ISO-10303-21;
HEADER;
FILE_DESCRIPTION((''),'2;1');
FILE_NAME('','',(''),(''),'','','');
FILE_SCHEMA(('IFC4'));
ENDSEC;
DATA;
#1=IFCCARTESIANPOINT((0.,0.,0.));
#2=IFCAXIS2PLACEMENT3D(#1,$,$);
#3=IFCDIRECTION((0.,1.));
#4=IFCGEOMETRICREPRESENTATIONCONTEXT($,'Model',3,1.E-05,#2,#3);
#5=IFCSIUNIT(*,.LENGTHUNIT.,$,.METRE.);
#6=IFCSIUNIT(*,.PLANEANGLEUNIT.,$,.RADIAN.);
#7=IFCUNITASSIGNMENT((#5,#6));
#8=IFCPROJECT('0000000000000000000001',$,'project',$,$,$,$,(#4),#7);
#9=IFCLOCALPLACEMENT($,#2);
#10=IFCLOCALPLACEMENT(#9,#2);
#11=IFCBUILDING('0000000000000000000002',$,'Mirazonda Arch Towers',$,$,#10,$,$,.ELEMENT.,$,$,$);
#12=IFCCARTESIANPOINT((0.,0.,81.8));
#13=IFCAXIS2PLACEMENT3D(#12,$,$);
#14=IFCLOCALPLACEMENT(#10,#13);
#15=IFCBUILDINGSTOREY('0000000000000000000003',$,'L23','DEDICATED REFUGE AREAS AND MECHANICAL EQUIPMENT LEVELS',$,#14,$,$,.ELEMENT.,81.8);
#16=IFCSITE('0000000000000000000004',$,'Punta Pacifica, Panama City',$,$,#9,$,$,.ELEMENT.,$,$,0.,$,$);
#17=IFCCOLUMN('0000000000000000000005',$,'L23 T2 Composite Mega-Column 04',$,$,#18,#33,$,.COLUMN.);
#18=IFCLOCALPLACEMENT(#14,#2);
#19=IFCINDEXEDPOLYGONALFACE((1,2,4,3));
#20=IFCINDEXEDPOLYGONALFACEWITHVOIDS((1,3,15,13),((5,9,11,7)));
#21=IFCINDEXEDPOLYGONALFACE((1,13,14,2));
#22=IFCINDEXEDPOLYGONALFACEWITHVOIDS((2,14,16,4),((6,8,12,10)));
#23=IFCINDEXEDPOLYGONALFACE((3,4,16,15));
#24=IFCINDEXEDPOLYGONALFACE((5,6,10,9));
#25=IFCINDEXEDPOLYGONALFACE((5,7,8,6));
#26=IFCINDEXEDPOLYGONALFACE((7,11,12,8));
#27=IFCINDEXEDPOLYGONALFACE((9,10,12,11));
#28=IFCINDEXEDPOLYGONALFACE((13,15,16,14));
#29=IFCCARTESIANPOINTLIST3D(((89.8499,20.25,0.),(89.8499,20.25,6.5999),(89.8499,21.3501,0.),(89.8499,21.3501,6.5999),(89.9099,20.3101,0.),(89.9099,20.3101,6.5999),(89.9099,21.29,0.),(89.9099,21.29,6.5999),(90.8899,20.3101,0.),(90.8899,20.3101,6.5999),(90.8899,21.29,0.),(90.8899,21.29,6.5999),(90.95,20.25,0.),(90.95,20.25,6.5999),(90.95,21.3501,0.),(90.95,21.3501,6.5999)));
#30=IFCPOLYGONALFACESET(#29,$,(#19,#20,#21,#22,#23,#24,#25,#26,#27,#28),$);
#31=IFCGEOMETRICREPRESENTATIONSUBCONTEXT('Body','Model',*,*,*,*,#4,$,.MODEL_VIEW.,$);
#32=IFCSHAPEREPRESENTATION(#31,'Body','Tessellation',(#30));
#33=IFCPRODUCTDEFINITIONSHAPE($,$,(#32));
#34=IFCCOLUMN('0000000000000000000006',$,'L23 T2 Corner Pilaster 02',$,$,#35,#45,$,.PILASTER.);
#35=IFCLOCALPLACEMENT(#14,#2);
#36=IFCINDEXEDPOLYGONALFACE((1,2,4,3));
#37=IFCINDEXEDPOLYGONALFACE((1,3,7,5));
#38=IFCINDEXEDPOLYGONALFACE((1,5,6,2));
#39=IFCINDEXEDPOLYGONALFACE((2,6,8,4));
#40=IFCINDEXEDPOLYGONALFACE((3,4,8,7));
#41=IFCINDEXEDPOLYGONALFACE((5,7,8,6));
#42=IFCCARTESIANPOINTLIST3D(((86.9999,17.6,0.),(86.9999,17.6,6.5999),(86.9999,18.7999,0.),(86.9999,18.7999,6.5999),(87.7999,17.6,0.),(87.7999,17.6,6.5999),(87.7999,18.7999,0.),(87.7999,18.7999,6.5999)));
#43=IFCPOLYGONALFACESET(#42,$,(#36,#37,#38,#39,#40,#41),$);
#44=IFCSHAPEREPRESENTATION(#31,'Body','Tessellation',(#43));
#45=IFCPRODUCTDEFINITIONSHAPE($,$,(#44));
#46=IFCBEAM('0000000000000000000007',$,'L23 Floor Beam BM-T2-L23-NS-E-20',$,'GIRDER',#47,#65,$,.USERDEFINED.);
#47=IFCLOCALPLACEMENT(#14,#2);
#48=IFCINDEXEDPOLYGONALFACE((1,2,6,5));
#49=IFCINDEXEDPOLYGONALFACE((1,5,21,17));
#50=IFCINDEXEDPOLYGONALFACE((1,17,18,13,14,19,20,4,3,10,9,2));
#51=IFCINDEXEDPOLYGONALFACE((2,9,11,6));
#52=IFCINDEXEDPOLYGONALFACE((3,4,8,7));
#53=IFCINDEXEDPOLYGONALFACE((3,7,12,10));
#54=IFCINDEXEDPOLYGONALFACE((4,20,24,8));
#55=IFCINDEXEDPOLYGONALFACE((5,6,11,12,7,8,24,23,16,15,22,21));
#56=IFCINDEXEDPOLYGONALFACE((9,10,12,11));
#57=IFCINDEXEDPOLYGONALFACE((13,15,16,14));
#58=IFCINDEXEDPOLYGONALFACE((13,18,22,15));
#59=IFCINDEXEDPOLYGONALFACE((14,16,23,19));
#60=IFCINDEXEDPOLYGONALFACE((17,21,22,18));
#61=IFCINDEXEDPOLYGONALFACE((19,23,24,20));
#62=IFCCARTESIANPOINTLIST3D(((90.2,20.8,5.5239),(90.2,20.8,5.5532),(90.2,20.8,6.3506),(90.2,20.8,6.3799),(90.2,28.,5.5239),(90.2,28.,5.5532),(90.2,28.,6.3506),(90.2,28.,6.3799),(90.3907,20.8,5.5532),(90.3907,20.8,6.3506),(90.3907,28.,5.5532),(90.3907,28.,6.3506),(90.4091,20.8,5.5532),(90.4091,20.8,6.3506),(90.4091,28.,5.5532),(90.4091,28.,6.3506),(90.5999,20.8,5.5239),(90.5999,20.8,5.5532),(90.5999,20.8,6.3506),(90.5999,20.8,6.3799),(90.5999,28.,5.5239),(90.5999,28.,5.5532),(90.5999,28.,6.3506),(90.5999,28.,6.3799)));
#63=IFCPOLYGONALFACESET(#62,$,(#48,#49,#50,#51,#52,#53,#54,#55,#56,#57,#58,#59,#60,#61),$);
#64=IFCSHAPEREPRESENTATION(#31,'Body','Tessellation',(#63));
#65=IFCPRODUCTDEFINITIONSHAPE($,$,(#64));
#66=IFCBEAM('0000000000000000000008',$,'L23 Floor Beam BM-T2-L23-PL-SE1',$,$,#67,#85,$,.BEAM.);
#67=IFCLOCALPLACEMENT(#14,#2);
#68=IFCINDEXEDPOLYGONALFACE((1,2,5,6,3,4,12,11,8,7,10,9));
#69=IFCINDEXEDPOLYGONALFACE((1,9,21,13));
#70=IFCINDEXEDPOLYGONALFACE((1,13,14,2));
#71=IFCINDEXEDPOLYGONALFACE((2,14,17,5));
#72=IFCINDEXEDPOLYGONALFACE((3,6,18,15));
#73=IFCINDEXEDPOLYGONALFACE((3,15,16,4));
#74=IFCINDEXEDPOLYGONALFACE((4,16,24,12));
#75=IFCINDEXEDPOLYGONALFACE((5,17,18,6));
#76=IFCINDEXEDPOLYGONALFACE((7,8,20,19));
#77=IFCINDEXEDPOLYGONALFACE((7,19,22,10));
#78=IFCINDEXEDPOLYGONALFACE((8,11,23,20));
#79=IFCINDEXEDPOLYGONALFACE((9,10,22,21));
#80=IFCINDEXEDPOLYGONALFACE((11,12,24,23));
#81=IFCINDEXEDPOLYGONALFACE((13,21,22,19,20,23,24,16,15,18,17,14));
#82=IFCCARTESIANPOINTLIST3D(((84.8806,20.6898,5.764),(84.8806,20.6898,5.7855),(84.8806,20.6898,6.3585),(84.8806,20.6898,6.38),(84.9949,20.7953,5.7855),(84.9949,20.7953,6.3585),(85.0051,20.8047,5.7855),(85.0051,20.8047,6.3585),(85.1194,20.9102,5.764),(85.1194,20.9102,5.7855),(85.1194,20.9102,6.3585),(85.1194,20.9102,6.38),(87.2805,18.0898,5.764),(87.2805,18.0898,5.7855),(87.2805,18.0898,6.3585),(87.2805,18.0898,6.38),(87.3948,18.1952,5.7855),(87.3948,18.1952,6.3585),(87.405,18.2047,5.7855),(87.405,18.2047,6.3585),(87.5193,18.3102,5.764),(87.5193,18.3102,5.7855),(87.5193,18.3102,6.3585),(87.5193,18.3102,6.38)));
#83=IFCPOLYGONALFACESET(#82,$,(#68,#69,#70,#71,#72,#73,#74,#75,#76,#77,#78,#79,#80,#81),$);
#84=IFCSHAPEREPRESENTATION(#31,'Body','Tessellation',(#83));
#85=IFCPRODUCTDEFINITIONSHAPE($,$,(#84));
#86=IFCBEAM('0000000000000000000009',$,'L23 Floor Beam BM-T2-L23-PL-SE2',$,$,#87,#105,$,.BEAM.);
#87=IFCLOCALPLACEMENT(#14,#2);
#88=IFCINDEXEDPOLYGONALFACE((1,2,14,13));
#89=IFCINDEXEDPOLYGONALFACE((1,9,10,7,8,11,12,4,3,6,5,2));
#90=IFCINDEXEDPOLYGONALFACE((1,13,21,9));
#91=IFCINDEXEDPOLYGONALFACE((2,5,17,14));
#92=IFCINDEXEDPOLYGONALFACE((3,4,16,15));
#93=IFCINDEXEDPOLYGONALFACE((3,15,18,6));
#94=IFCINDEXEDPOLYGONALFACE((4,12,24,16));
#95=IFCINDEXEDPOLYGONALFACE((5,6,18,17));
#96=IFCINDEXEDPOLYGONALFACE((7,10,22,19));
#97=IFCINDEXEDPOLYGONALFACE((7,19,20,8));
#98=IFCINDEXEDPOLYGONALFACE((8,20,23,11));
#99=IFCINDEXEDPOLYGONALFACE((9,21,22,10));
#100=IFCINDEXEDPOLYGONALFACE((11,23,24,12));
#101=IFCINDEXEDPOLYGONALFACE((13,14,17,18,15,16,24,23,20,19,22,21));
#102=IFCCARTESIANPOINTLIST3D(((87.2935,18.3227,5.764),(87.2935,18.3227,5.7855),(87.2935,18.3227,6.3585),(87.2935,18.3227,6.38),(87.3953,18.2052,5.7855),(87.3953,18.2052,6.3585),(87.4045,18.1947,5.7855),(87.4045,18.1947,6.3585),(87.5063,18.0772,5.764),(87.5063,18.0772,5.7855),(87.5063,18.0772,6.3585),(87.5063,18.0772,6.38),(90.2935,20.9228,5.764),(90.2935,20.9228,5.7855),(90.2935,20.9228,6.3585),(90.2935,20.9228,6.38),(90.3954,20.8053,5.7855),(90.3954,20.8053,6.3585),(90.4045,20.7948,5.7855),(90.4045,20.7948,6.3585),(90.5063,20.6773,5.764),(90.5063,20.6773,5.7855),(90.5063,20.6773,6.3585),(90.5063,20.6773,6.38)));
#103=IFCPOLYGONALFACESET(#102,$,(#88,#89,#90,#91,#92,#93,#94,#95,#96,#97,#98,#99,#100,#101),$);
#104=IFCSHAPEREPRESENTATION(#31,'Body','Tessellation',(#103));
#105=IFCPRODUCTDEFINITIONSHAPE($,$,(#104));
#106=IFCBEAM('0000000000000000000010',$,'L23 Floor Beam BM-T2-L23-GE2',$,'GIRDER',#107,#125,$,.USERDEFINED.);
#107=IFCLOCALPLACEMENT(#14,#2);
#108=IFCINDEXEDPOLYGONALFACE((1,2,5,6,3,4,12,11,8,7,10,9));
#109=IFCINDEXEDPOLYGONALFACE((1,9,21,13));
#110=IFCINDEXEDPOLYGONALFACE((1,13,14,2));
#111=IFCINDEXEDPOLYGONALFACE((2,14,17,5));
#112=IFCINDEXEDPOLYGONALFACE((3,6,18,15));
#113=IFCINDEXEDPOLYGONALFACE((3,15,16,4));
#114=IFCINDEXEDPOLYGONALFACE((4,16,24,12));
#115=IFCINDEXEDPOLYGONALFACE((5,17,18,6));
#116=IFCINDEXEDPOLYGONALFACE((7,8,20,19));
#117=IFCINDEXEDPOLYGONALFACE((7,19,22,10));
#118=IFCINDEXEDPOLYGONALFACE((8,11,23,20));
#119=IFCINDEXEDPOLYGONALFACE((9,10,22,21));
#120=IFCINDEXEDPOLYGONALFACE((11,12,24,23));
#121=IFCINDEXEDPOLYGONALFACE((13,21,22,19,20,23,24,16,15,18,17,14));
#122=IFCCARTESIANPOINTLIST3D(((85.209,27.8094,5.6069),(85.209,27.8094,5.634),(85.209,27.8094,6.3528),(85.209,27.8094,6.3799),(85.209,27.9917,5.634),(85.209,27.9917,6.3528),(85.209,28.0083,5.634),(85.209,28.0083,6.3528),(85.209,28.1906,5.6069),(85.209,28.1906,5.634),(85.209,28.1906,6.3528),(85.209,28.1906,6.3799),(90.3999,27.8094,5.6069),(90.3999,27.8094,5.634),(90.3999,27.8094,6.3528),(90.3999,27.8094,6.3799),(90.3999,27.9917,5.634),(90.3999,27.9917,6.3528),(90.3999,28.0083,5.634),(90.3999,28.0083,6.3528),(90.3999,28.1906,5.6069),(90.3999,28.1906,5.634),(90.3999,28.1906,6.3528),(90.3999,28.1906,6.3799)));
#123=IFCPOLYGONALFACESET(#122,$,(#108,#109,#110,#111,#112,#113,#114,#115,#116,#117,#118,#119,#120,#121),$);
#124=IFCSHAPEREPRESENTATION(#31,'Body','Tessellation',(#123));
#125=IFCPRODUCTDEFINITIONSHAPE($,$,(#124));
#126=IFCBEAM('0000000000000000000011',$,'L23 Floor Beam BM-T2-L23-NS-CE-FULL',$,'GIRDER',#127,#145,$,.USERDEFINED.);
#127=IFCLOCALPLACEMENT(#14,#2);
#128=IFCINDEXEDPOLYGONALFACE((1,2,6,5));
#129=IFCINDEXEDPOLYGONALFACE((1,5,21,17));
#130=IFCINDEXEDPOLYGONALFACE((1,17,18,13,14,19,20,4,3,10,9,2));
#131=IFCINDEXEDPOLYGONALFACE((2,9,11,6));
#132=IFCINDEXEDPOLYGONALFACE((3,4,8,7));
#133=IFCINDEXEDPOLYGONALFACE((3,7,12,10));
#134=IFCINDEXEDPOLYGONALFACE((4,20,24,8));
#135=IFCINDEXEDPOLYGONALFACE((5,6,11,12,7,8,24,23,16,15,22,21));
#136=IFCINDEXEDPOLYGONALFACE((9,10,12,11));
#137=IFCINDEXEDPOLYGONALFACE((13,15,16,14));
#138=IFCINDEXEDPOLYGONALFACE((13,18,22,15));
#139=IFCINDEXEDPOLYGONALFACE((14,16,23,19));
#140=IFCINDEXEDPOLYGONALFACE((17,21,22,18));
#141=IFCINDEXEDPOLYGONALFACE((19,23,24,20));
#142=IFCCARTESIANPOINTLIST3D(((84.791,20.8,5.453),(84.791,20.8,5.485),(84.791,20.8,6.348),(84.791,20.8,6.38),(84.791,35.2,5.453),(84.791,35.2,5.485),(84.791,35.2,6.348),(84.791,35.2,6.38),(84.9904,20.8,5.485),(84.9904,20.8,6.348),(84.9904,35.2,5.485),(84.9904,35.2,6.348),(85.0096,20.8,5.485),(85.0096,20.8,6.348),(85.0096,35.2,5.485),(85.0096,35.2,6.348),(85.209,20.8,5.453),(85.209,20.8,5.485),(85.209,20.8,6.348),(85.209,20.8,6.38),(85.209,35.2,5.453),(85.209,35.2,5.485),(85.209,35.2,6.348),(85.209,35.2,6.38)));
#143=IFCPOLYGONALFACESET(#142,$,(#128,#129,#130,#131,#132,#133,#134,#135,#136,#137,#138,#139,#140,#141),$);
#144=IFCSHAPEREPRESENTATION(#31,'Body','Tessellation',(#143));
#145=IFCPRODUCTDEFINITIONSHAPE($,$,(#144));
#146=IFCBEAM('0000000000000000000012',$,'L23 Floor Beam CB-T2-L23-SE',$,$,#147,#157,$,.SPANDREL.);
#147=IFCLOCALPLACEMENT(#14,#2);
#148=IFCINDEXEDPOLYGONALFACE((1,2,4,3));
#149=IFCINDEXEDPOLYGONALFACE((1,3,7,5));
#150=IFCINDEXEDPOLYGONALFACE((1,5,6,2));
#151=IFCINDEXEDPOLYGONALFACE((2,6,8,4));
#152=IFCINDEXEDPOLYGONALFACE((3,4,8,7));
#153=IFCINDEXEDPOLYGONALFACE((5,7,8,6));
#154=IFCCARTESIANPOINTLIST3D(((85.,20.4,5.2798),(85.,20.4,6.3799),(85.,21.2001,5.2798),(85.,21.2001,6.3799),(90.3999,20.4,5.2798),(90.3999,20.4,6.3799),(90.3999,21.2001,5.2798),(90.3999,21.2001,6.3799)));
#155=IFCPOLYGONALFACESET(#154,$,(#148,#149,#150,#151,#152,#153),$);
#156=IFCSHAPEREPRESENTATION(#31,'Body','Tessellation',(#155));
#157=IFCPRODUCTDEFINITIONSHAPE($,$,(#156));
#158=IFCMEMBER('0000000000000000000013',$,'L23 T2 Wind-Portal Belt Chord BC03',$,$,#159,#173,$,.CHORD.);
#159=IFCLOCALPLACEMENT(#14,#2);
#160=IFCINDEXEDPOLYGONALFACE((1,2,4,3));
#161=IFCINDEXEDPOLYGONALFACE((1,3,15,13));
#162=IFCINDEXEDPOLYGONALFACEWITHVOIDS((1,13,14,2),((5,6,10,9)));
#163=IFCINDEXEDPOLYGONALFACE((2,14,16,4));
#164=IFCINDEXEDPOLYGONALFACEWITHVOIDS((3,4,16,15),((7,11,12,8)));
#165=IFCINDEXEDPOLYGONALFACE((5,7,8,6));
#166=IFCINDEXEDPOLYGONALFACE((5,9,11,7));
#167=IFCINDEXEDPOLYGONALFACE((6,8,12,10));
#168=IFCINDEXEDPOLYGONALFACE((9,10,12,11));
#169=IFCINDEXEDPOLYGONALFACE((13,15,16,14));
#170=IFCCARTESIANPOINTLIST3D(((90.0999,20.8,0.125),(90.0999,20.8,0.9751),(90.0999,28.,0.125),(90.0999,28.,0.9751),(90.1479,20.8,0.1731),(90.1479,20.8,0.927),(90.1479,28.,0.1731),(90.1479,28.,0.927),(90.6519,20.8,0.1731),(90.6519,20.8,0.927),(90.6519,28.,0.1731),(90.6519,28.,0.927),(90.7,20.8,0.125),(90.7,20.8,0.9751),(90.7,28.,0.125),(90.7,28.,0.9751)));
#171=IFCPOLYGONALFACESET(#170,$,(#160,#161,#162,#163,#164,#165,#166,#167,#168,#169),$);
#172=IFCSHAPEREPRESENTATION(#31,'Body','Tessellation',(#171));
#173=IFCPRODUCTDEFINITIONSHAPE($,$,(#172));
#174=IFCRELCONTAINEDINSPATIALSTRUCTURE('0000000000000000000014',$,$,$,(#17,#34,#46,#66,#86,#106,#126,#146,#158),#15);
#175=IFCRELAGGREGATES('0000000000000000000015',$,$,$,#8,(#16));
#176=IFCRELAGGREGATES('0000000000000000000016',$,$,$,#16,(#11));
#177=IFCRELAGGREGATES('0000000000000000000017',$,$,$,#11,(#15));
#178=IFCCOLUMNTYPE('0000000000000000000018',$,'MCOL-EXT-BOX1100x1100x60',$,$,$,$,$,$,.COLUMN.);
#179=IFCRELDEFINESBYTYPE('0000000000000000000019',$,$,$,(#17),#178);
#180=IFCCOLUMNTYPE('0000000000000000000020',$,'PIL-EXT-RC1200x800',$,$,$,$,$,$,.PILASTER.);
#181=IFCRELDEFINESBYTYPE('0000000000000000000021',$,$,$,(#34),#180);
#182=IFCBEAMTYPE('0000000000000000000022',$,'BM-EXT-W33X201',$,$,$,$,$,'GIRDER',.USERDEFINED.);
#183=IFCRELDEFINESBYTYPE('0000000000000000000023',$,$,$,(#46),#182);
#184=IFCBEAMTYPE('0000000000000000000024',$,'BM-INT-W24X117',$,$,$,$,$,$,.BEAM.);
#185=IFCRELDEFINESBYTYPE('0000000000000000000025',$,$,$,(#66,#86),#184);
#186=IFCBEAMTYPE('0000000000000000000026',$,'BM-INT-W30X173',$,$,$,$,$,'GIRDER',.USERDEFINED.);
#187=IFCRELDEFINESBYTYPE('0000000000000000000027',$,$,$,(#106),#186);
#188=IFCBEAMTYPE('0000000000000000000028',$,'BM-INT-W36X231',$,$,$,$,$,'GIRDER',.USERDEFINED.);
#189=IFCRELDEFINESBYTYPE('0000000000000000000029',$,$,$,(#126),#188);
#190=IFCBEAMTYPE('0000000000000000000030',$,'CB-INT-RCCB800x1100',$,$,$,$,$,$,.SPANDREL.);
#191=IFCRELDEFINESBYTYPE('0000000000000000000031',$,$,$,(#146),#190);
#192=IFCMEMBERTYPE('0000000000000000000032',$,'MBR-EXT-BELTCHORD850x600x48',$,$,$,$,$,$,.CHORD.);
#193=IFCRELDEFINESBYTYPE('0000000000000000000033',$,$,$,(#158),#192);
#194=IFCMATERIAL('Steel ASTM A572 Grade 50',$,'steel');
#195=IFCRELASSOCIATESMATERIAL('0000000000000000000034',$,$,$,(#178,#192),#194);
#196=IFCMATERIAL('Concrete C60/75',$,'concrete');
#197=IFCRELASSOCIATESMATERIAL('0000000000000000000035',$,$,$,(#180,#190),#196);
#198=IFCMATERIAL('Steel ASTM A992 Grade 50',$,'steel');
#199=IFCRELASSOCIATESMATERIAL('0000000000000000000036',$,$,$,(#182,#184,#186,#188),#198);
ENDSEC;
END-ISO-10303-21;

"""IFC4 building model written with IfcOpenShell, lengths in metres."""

from ifc_helpers import new_model, si_unit, direction, frame, origin, origin_2d, place, context, subcontext, project, spatial, rectangle, hollow_rectangle, i_section, extrude, material, material_profile, profile_set, type_object, element, save


model = new_model("IFC4")

# Units and contexts
model_context = context("Model", 3, precision=1e-05, world=origin(), true_north=direction((0.0, 1.0)))
body_context = subcontext(model_context, "Body", "Model", "MODEL_VIEW")
ifc_project = project(units=[si_unit("LENGTHUNIT", "METRE"), si_unit("PLANEANGLEUNIT", "RADIAN")], contexts=[model_context])

# Site, building, storey
site_placement = place(None, origin())
site = spatial("IfcSite", under=ifc_project, at=site_placement, Name="Punta Pacifica, Panama City", CompositionType="ELEMENT", RefElevation=0.0)
building_placement = place(site_placement, origin())
building = spatial("IfcBuilding", under=site, at=building_placement, Name="Mirazonda Arch Towers", CompositionType="ELEMENT")
storey_placement = place(building_placement, frame((0.0, 0.0, 81.8)))
storey = spatial("IfcBuildingStorey", under=building, at=storey_placement, Name="L23", Description="DEDICATED REFUGE AREAS AND MECHANICAL EQUIPMENT LEVELS", CompositionType="ELEMENT", Elevation=81.8)

# Columns
ifc_material_1 = material(Name="Steel ASTM A572 Grade 50", Category="steel")
ifc_material_profile_1 = material_profile(ifc_material_1, hollow_rectangle(XDim=1.1001, YDim=1.1001, WallThickness=0.0601, at=origin_2d()), Name="BOX1100x1100x60")
ifc_profile_set_1 = profile_set([ifc_material_profile_1], Name="Steel ASTM A572 Grade 50")
column_type_1 = type_object("IfcColumnType", Name="MCOL-EXT-BOX1100x1100x60", PredefinedType="COLUMN", material=ifc_profile_set_1)
column_1_placement = place(storey_placement, frame((90.3999, 20.8, 0.0), z_axis=(0.0, 0.0, 1.0), x_axis=(1.0, 0.0, 0.0)))
element("IfcColumn", 1, at=column_1_placement, inside=storey, type_object=column_type_1, Name="L23 T2 Composite Mega-Column 04", PredefinedType="COLUMN", context=body_context, shape_type="SweptSolid", body=[
    extrude(hollow_rectangle(XDim=1.1001, YDim=1.1001, WallThickness=0.0601, at=origin_2d()), origin(), (0.0, 0.0, 1.0), 6.5999),
])
ifc_material_2 = material(Name="Concrete C60/75", Category="concrete")
ifc_material_profile_2 = material_profile(ifc_material_2, rectangle(XDim=0.8, YDim=1.2, at=origin_2d()), Name="RC1200x800")
ifc_profile_set_2 = profile_set([ifc_material_profile_2], Name="Concrete C60/75")
column_type_2 = type_object("IfcColumnType", Name="PIL-EXT-RC1200x800", PredefinedType="PILASTER", material=ifc_profile_set_2)
column_2_placement = place(storey_placement, frame((87.3999, 18.2, 0.0), z_axis=(0.0, 0.0, 1.0), x_axis=(1.0, 0.0, 0.0)))
element("IfcColumn", 2, at=column_2_placement, inside=storey, type_object=column_type_2, Name="L23 T2 Corner Pilaster 02", PredefinedType="PILASTER", context=body_context, shape_type="SweptSolid", body=[
    extrude(rectangle(XDim=0.8, YDim=1.2, at=origin_2d()), origin(), (0.0, 0.0, 1.0), 6.5999),
])

# Beams
ifc_material_3 = material(Name="Steel ASTM A992 Grade 50", Category="steel")
ifc_material_profile_3 = material_profile(ifc_material_3, i_section(OverallWidth=0.3999, OverallDepth=0.856, WebThickness=0.0183, FlangeThickness=0.0293, at=origin_2d()), Name="W33X201")
ifc_profile_set_3 = profile_set([ifc_material_profile_3], Name="Steel ASTM A992 Grade 50")
beam_type_1 = type_object("IfcBeamType", Name="BM-EXT-W33X201", ElementType="GIRDER", PredefinedType="USERDEFINED", material=ifc_profile_set_3)
beam_1_placement = place(storey_placement, frame((90.3999, 20.8, 5.9519), z_axis=(0.0, 1.0, 0.0), x_axis=(-1.0, 0.0, 0.0)))
element("IfcBeam", 3, at=beam_1_placement, inside=storey, type_object=beam_type_1, Name="L23 Floor Beam BM-T2-L23-NS-E-20", ObjectType="GIRDER", PredefinedType="USERDEFINED", context=body_context, shape_type="SweptSolid", body=[
    extrude(i_section(OverallWidth=0.3999, OverallDepth=0.856, WebThickness=0.0183, FlangeThickness=0.0293, at=origin_2d()), origin(), (0.0, 0.0, 1.0), 7.2),
])
ifc_material_profile_4 = material_profile(ifc_material_3, i_section(OverallWidth=0.325, OverallDepth=0.616, WebThickness=0.0139, FlangeThickness=0.0215, at=origin_2d()), Name="W24X117")
ifc_profile_set_4 = profile_set([ifc_material_profile_4], Name="Steel ASTM A992 Grade 50")
beam_type_2 = type_object("IfcBeamType", Name="BM-INT-W24X117", PredefinedType="BEAM", material=ifc_profile_set_4)
beam_2_placement = place(storey_placement, frame((87.3999, 18.2, 6.072), z_axis=(-0.678251, 0.73483, 0.0), x_axis=(-0.73483, -0.678251, 0.0)))
element("IfcBeam", 4, at=beam_2_placement, inside=storey, type_object=beam_type_2, Name="L23 Floor Beam BM-T2-L23-PL-SE1", PredefinedType="BEAM", context=body_context, shape_type="SweptSolid", body=[
    extrude(i_section(OverallWidth=0.325, OverallDepth=0.616, WebThickness=0.0139, FlangeThickness=0.0215, at=origin_2d()), origin(), (0.0, 0.0, 1.0), 3.5383),
])
beam_3_placement = place(storey_placement, frame((87.3999, 18.2, 6.072), z_axis=(0.755677, 0.654945, 0.0), x_axis=(-0.654945, 0.755677, 0.0)))
element("IfcBeam", 5, at=beam_3_placement, inside=storey, type_object=beam_type_2, Name="L23 Floor Beam BM-T2-L23-PL-SE2", PredefinedType="BEAM", context=body_context, shape_type="SweptSolid", body=[
    extrude(i_section(OverallWidth=0.325, OverallDepth=0.616, WebThickness=0.0139, FlangeThickness=0.0215, at=origin_2d()), origin(), (0.0, 0.0, 1.0), 3.97),
])
ifc_material_profile_5 = material_profile(ifc_material_3, i_section(OverallWidth=0.3811, OverallDepth=0.7729, WebThickness=0.0166, FlangeThickness=0.0271, at=origin_2d()), Name="W30X173")
ifc_profile_set_5 = profile_set([ifc_material_profile_5], Name="Steel ASTM A992 Grade 50")
beam_type_3 = type_object("IfcBeamType", Name="BM-INT-W30X173", ElementType="GIRDER", PredefinedType="USERDEFINED", material=ifc_profile_set_5)
beam_4_placement = place(storey_placement, frame((85.209, 28.0, 5.9934), z_axis=(1.0, 0.0, 0.0), x_axis=(0.0, 1.0, 0.0)))
element("IfcBeam", 6, at=beam_4_placement, inside=storey, type_object=beam_type_3, Name="L23 Floor Beam BM-T2-L23-GE2", ObjectType="GIRDER", PredefinedType="USERDEFINED", context=body_context, shape_type="SweptSolid", body=[
    extrude(i_section(OverallWidth=0.3811, OverallDepth=0.7729, WebThickness=0.0166, FlangeThickness=0.0271, at=origin_2d()), origin(), (0.0, 0.0, 1.0), 5.1909),
])
ifc_material_profile_6 = material_profile(ifc_material_3, i_section(OverallWidth=0.418, OverallDepth=0.927, WebThickness=0.0193, FlangeThickness=0.032, at=origin_2d()), Name="W36X231")
ifc_profile_set_6 = profile_set([ifc_material_profile_6], Name="Steel ASTM A992 Grade 50")
beam_type_4 = type_object("IfcBeamType", Name="BM-INT-W36X231", ElementType="GIRDER", PredefinedType="USERDEFINED", material=ifc_profile_set_6)
beam_5_placement = place(storey_placement, frame((85.0, 20.8, 5.9165), z_axis=(0.0, 1.0, 0.0), x_axis=(-1.0, 0.0, 0.0)))
element("IfcBeam", 7, at=beam_5_placement, inside=storey, type_object=beam_type_4, Name="L23 Floor Beam BM-T2-L23-NS-CE-FULL", ObjectType="GIRDER", PredefinedType="USERDEFINED", context=body_context, shape_type="SweptSolid", body=[
    extrude(i_section(OverallWidth=0.418, OverallDepth=0.927, WebThickness=0.0193, FlangeThickness=0.032, at=origin_2d()), origin(), (0.0, 0.0, 1.0), 14.3999),
])
ifc_material_profile_7 = material_profile(ifc_material_2, rectangle(XDim=0.8, YDim=1.1001, at=origin_2d()), Name="RCCB800x1100")
ifc_profile_set_7 = profile_set([ifc_material_profile_7], Name="Concrete C60/75")
beam_type_5 = type_object("IfcBeamType", Name="CB-INT-RCCB800x1100", PredefinedType="SPANDREL", material=ifc_profile_set_7)
beam_6_placement = place(storey_placement, frame((85.0, 20.8, 5.8298), z_axis=(1.0, 0.0, 0.0), x_axis=(0.0, 1.0, 0.0)))
element("IfcBeam", 8, at=beam_6_placement, inside=storey, type_object=beam_type_5, Name="L23 Floor Beam CB-T2-L23-SE", PredefinedType="SPANDREL", context=body_context, shape_type="SweptSolid", body=[
    extrude(rectangle(XDim=0.8, YDim=1.1001, at=origin_2d()), origin(), (0.0, 0.0, 1.0), 5.3999),
])

# Member
ifc_material_profile_8 = material_profile(ifc_material_1, hollow_rectangle(XDim=0.6001, YDim=0.8501, WallThickness=0.0481, at=origin_2d()), Name="BELTCHORD850x600x48")
ifc_profile_set_8 = profile_set([ifc_material_profile_8], Name="Steel ASTM A572 Grade 50")
member_type_1 = type_object("IfcMemberType", Name="MBR-EXT-BELTCHORD850x600x48", PredefinedType="CHORD", material=ifc_profile_set_8)
for number, where, z_axis, x_axis, name in (
    (9, (90.3999, 20.8, 0.55), (0.0, 1.0, 0.0), (-1.0, 0.0, 0.0), "L23 T2 Wind-Portal Belt Chord BC03"),
):
    element("IfcMember", number, at=place(storey_placement, frame(where, z_axis=z_axis, x_axis=x_axis)), inside=storey, type_object=member_type_1, Name=name, PredefinedType="CHORD", context=body_context, shape_type="SweptSolid", body=[
        extrude(hollow_rectangle(XDim=0.6001, YDim=0.8501, WallThickness=0.0481, at=origin_2d()), origin(), (0.0, 0.0, 1.0), 7.2),
    ])

save(model, "model.ifc")
